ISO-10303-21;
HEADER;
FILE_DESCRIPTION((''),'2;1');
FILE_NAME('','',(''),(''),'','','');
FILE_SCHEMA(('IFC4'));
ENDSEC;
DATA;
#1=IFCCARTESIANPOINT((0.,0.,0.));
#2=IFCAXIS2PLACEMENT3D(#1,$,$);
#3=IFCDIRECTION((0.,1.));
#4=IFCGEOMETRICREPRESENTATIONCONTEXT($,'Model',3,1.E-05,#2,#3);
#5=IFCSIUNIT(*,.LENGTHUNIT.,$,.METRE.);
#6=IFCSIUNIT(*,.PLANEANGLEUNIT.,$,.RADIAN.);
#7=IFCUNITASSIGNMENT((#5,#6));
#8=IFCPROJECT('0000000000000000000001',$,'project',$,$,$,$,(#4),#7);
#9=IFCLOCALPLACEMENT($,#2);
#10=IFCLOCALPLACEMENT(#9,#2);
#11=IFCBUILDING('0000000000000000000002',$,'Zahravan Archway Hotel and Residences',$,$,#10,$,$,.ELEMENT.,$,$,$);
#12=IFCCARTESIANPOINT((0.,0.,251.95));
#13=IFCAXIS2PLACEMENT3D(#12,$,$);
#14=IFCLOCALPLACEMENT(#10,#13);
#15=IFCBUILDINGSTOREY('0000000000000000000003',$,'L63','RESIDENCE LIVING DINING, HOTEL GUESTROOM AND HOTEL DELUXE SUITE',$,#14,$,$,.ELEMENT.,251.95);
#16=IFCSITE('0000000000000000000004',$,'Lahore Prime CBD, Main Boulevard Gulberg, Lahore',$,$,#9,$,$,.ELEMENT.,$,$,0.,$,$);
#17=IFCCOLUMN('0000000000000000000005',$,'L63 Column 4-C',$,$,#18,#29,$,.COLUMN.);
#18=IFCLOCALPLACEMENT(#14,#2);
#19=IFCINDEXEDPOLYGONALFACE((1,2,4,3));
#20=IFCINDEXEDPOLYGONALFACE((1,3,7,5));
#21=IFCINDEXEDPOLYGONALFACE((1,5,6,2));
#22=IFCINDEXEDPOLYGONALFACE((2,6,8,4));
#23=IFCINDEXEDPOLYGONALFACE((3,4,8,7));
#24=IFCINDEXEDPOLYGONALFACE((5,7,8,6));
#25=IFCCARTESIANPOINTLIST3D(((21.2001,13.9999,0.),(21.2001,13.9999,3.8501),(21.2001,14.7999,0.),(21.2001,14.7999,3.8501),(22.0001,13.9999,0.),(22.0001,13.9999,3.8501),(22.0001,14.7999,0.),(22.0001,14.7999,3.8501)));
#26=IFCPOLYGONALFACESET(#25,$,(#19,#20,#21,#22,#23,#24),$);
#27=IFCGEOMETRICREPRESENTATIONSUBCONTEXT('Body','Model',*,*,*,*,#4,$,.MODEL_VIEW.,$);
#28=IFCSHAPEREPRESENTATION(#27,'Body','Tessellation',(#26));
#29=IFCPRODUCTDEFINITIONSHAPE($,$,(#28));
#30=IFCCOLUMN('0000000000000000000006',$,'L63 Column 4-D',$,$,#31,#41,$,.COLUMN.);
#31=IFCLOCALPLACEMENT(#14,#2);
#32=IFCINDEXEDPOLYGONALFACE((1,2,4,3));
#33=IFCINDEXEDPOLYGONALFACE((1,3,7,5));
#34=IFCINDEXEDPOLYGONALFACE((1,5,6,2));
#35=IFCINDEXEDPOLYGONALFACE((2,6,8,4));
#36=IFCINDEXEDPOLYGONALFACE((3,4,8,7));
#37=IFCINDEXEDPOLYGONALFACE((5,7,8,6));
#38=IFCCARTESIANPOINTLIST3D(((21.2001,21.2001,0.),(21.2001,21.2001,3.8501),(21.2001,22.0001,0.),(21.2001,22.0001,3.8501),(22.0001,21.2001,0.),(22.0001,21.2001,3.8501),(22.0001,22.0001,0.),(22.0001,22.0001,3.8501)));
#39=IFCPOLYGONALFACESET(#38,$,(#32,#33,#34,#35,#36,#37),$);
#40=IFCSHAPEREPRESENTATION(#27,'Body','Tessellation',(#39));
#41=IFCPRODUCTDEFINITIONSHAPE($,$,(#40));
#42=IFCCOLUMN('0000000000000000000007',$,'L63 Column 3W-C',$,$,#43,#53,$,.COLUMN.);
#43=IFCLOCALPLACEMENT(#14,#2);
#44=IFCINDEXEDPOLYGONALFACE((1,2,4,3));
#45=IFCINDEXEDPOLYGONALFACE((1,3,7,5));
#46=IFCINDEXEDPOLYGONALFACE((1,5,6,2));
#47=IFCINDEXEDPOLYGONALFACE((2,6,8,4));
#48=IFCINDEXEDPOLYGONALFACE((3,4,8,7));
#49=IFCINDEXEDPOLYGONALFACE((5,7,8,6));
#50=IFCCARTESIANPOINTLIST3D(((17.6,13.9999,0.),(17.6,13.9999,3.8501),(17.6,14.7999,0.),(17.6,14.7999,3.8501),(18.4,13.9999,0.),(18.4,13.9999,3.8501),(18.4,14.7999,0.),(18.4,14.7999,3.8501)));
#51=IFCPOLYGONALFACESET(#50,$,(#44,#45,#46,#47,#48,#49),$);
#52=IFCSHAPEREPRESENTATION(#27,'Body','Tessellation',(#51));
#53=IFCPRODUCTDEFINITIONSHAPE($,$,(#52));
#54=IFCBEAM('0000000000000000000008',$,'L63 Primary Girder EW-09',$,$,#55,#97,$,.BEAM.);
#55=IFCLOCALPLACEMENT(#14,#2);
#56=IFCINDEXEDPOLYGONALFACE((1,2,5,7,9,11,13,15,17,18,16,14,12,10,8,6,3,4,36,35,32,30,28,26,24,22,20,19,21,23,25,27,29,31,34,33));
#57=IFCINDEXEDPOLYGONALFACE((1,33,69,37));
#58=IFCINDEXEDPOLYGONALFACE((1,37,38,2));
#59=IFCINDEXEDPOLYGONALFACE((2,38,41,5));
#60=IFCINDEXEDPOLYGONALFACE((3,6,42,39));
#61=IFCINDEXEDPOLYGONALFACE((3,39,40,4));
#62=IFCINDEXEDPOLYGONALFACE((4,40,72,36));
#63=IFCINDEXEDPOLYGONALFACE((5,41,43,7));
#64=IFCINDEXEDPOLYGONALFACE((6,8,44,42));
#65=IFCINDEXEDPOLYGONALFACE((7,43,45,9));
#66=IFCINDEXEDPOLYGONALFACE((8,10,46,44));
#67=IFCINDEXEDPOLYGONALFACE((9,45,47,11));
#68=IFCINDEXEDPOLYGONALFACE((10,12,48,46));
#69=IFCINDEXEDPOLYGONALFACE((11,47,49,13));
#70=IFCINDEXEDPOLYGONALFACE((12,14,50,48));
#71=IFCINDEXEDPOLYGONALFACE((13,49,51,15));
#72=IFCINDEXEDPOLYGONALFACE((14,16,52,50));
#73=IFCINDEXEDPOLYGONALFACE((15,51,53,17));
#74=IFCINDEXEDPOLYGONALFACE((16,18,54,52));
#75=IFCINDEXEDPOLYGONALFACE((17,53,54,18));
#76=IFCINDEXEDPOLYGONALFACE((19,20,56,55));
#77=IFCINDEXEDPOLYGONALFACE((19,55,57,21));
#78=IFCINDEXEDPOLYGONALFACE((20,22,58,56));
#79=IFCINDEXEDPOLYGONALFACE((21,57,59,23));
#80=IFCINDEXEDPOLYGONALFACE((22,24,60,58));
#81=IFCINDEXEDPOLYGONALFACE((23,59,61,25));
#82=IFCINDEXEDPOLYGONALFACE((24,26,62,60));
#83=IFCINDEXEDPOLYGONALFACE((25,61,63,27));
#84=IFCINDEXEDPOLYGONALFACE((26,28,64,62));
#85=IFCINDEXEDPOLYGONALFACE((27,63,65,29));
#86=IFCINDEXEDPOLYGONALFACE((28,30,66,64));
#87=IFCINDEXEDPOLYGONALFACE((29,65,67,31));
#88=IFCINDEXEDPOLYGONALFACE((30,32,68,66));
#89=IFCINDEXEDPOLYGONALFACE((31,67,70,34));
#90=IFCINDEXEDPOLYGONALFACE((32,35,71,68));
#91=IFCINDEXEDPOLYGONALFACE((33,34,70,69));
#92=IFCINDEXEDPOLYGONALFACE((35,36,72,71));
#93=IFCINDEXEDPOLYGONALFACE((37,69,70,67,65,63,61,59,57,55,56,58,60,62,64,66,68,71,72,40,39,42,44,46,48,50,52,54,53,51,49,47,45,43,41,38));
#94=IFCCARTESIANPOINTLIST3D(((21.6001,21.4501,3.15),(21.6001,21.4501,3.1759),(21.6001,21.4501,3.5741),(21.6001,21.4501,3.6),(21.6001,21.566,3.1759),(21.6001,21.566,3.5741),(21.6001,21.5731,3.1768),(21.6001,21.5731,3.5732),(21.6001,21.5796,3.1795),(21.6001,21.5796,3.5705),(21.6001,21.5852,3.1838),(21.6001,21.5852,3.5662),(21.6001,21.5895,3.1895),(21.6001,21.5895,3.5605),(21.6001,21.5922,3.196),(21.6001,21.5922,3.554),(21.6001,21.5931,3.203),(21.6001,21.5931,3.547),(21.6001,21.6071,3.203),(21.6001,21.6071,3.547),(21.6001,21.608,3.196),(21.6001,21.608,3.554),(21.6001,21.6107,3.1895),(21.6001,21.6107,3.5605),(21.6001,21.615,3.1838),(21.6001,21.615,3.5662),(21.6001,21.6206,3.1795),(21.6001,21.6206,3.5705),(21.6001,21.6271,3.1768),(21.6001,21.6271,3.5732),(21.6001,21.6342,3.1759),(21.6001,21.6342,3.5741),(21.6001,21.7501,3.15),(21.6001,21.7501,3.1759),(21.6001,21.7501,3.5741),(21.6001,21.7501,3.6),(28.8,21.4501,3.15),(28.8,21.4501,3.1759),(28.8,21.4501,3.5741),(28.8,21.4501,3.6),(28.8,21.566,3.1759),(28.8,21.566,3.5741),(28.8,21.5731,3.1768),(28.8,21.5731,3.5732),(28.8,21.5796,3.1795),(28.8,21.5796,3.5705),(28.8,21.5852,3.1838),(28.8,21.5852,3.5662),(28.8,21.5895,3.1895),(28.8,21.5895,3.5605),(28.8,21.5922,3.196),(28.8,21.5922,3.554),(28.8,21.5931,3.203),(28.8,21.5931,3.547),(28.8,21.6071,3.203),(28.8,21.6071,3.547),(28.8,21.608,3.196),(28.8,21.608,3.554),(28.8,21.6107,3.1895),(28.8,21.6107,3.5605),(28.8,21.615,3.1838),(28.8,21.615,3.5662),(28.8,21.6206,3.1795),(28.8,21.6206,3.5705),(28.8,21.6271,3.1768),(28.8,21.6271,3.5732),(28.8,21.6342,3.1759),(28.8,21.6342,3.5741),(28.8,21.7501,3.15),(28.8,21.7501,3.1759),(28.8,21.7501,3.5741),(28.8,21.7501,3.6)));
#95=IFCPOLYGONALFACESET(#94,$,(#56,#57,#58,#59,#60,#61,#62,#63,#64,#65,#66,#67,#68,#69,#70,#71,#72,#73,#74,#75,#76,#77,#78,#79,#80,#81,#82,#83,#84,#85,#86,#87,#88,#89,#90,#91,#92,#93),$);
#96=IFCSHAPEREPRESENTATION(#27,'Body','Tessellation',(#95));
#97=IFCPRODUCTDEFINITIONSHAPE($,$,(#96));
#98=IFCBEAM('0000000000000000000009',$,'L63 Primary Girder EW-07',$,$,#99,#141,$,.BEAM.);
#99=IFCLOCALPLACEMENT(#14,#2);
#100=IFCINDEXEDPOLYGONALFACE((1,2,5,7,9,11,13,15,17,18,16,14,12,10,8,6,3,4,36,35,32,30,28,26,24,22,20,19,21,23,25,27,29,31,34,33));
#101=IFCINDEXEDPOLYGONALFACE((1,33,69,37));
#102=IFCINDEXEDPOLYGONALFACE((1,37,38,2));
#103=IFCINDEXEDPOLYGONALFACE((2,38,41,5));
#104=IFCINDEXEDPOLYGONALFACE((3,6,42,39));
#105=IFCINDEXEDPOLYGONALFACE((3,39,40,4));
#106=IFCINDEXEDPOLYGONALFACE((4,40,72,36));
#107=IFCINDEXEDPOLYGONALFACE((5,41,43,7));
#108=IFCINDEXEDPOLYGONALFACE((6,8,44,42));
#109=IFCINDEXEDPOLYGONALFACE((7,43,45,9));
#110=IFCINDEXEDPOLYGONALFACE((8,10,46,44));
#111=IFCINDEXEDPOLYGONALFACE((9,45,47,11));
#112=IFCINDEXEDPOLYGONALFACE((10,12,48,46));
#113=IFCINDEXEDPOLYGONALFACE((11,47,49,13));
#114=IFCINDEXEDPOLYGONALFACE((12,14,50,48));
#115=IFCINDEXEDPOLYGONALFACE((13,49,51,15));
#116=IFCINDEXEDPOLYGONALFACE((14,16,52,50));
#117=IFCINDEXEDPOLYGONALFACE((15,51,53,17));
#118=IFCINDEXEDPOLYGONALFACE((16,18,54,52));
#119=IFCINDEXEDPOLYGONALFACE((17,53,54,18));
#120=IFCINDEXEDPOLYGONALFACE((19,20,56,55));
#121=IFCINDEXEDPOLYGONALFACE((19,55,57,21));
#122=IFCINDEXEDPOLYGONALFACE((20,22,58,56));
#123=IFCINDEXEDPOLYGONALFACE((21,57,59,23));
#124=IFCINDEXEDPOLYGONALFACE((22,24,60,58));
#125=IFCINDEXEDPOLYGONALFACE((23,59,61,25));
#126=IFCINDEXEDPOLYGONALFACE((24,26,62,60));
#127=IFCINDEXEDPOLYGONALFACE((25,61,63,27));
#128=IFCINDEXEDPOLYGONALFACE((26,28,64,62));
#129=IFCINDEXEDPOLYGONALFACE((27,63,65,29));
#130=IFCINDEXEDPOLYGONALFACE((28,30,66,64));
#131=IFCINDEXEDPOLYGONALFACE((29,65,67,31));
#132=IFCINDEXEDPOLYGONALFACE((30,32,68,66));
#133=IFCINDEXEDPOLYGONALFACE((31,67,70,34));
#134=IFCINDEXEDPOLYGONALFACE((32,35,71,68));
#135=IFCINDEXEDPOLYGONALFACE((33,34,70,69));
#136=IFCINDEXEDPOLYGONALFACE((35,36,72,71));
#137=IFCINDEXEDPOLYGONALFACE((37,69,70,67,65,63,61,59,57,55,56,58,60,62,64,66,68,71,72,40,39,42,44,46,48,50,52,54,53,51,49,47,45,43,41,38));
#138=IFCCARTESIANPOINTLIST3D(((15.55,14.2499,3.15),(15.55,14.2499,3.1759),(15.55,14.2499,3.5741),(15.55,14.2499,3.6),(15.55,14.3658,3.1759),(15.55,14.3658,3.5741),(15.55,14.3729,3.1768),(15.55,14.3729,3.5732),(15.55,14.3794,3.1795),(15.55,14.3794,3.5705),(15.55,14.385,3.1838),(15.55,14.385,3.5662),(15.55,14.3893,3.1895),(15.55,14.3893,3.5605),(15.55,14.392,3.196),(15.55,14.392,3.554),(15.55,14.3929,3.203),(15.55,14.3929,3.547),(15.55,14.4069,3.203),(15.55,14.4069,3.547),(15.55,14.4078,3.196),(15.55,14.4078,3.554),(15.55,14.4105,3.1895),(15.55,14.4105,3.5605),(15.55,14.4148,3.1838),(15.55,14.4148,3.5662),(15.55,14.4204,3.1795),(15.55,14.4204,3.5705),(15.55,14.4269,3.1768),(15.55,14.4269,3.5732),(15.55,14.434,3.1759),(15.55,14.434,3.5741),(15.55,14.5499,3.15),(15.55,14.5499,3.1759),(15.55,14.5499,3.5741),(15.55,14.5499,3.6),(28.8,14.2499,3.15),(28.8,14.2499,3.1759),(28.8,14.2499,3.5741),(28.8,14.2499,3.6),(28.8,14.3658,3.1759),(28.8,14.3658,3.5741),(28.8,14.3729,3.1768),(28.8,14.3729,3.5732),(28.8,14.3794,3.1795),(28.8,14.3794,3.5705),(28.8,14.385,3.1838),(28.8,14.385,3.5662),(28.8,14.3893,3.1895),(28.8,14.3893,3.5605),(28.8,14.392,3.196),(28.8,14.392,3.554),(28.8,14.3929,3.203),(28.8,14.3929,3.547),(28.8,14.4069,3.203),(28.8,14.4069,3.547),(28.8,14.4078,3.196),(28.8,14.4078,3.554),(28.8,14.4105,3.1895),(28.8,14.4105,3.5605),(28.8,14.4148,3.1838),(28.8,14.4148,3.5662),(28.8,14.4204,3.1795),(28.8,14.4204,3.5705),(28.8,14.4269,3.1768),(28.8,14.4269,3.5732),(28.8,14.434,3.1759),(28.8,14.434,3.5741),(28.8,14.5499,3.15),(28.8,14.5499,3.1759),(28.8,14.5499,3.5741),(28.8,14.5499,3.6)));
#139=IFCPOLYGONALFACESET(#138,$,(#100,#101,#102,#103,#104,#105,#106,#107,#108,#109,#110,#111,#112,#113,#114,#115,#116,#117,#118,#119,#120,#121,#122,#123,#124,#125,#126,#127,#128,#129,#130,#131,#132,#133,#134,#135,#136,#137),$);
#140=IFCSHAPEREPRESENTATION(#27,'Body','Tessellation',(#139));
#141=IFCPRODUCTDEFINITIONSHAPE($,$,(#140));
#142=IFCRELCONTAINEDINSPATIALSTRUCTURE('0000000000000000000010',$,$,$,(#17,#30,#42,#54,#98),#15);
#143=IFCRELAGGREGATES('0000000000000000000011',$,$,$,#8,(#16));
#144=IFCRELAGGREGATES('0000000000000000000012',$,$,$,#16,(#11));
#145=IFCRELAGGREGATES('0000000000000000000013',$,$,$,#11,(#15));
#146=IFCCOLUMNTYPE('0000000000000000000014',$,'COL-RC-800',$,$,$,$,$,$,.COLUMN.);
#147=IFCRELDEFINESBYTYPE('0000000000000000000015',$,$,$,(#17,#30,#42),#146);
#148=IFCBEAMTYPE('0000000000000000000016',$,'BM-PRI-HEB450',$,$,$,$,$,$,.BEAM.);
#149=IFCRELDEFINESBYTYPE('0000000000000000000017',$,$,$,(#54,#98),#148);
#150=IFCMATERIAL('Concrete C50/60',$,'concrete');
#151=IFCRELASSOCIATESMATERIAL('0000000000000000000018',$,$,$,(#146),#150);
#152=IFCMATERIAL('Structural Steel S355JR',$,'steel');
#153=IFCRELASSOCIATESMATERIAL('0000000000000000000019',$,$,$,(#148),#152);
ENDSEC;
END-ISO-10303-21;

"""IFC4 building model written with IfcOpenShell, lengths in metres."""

from ifc_helpers import new_model, si_unit, direction, frame, origin, origin_2d, place, context, subcontext, project, spatial, rectangle, i_section, extrude, source, transform, mapped, material, material_profile, profile_set, type_object, element, save


model = new_model("IFC4")

# Units and contexts
model_context = context("Model", 3, precision=1e-05, world=origin(), true_north=direction((0.0, 1.0)))
body_context = subcontext(model_context, "Body", "Model", "MODEL_VIEW")
ifc_project = project(units=[si_unit("LENGTHUNIT", "METRE"), si_unit("PLANEANGLEUNIT", "RADIAN")], contexts=[model_context])

# Site, building, storey
site_placement = place(None, origin())
site = spatial("IfcSite", under=ifc_project, at=site_placement, Name="Lahore Prime CBD, Main Boulevard Gulberg, Lahore", CompositionType="ELEMENT", RefElevation=0.0)
building_placement = place(site_placement, origin())
building = spatial("IfcBuilding", under=site, at=building_placement, Name="Zahravan Archway Hotel and Residences", CompositionType="ELEMENT")
storey_placement = place(building_placement, frame((0.0, 0.0, 251.95)))
storey = spatial("IfcBuildingStorey", under=building, at=storey_placement, Name="L63", Description="RESIDENCE LIVING DINING, HOTEL GUESTROOM AND HOTEL DELUXE SUITE", CompositionType="ELEMENT", Elevation=251.95)

# Columns
ifc_material_1 = material(Name="Concrete C50/60", Category="concrete")
ifc_material_profile_1 = material_profile(ifc_material_1, rectangle(XDim=0.8, YDim=0.8, at=origin_2d()), Name="RC-COL-800x800", Category="concrete")
ifc_profile_set_1 = profile_set([ifc_material_profile_1], Name="Concrete C50/60")
column_type = type_object("IfcColumnType", Name="COL-RC-800", PredefinedType="COLUMN", material=ifc_profile_set_1)
shared_shape_1 = source(origin(), body_context, "Body", "SweptSolid", [
    extrude(rectangle(XDim=0.8, YDim=0.8, at=origin_2d()), origin(), (0.0, 0.0, 1.0), 3.8501),
])
for number, where, z_axis, x_axis, name in (
    (1, (21.6001, 14.3999, 0.0), (0.0, 0.0, 1.0), (1.0, 0.0, 0.0), "L63 Column 4-C"),
    (2, (21.6001, 21.6001, 0.0), (0.0, 0.0, 1.0), (1.0, 0.0, 0.0), "L63 Column 4-D"),
    (3, (18.0, 14.3999, 0.0), (0.0, 0.0, 1.0), (1.0, 0.0, 0.0), "L63 Column 3W-C"),
):
    element("IfcColumn", number, at=place(storey_placement, frame(where, z_axis=z_axis, x_axis=x_axis)), inside=storey, type_object=column_type, Name=name, PredefinedType="COLUMN", context=body_context, shape_type="MappedRepresentation", body=[
        mapped(shared_shape_1, transform((0.0, 0.0, 0.0), scale=1.0)),
    ])

# Beams
ifc_material_2 = material(Name="Structural Steel S355JR", Category="steel")
ifc_material_profile_2 = material_profile(ifc_material_2, i_section(OverallWidth=0.3, OverallDepth=0.45, WebThickness=0.0139, FlangeThickness=0.0259, FilletRadius=0.0271, at=origin_2d()), Name="HEB 450", Category="steel")
ifc_profile_set_2 = profile_set([ifc_material_profile_2], Name="Structural Steel S355JR")
beam_type = type_object("IfcBeamType", Name="BM-PRI-HEB450", PredefinedType="BEAM", material=ifc_profile_set_2)
shared_shape_2 = source(origin(), body_context, "Body", "SweptSolid", [
    extrude(i_section(OverallWidth=0.3, OverallDepth=0.45, WebThickness=0.0139, FlangeThickness=0.0259, FilletRadius=0.0271, at=origin_2d()), origin(), (0.0, 0.0, 1.0), 7.2),
])
beam_1_placement = place(storey_placement, frame((21.6001, 21.6001, 3.375), z_axis=(1.0, 0.0, 0.0), x_axis=(0.0, 1.0, 0.0)))
element("IfcBeam", 4, at=beam_1_placement, inside=storey, type_object=beam_type, Name="L63 Primary Girder EW-09", PredefinedType="BEAM", context=body_context, shape_type="MappedRepresentation", body=[
    mapped(shared_shape_2, transform((0.0, 0.0, 0.0), scale=1.0)),
])
shared_shape_3 = source(origin(), body_context, "Body", "SweptSolid", [
    extrude(i_section(OverallWidth=0.3, OverallDepth=0.45, WebThickness=0.0139, FlangeThickness=0.0259, FilletRadius=0.0271, at=origin_2d()), origin(), (0.0, 0.0, 1.0), 13.25),
])
beam_2_placement = place(storey_placement, frame((15.55, 14.3999, 3.375), z_axis=(1.0, 0.0, 0.0), x_axis=(0.0, 1.0, 0.0)))
element("IfcBeam", 5, at=beam_2_placement, inside=storey, type_object=beam_type, Name="L63 Primary Girder EW-07", PredefinedType="BEAM", context=body_context, shape_type="MappedRepresentation", body=[
    mapped(shared_shape_3, transform((0.0, 0.0, 0.0), scale=1.0)),
])

save(model, "model.ifc")
